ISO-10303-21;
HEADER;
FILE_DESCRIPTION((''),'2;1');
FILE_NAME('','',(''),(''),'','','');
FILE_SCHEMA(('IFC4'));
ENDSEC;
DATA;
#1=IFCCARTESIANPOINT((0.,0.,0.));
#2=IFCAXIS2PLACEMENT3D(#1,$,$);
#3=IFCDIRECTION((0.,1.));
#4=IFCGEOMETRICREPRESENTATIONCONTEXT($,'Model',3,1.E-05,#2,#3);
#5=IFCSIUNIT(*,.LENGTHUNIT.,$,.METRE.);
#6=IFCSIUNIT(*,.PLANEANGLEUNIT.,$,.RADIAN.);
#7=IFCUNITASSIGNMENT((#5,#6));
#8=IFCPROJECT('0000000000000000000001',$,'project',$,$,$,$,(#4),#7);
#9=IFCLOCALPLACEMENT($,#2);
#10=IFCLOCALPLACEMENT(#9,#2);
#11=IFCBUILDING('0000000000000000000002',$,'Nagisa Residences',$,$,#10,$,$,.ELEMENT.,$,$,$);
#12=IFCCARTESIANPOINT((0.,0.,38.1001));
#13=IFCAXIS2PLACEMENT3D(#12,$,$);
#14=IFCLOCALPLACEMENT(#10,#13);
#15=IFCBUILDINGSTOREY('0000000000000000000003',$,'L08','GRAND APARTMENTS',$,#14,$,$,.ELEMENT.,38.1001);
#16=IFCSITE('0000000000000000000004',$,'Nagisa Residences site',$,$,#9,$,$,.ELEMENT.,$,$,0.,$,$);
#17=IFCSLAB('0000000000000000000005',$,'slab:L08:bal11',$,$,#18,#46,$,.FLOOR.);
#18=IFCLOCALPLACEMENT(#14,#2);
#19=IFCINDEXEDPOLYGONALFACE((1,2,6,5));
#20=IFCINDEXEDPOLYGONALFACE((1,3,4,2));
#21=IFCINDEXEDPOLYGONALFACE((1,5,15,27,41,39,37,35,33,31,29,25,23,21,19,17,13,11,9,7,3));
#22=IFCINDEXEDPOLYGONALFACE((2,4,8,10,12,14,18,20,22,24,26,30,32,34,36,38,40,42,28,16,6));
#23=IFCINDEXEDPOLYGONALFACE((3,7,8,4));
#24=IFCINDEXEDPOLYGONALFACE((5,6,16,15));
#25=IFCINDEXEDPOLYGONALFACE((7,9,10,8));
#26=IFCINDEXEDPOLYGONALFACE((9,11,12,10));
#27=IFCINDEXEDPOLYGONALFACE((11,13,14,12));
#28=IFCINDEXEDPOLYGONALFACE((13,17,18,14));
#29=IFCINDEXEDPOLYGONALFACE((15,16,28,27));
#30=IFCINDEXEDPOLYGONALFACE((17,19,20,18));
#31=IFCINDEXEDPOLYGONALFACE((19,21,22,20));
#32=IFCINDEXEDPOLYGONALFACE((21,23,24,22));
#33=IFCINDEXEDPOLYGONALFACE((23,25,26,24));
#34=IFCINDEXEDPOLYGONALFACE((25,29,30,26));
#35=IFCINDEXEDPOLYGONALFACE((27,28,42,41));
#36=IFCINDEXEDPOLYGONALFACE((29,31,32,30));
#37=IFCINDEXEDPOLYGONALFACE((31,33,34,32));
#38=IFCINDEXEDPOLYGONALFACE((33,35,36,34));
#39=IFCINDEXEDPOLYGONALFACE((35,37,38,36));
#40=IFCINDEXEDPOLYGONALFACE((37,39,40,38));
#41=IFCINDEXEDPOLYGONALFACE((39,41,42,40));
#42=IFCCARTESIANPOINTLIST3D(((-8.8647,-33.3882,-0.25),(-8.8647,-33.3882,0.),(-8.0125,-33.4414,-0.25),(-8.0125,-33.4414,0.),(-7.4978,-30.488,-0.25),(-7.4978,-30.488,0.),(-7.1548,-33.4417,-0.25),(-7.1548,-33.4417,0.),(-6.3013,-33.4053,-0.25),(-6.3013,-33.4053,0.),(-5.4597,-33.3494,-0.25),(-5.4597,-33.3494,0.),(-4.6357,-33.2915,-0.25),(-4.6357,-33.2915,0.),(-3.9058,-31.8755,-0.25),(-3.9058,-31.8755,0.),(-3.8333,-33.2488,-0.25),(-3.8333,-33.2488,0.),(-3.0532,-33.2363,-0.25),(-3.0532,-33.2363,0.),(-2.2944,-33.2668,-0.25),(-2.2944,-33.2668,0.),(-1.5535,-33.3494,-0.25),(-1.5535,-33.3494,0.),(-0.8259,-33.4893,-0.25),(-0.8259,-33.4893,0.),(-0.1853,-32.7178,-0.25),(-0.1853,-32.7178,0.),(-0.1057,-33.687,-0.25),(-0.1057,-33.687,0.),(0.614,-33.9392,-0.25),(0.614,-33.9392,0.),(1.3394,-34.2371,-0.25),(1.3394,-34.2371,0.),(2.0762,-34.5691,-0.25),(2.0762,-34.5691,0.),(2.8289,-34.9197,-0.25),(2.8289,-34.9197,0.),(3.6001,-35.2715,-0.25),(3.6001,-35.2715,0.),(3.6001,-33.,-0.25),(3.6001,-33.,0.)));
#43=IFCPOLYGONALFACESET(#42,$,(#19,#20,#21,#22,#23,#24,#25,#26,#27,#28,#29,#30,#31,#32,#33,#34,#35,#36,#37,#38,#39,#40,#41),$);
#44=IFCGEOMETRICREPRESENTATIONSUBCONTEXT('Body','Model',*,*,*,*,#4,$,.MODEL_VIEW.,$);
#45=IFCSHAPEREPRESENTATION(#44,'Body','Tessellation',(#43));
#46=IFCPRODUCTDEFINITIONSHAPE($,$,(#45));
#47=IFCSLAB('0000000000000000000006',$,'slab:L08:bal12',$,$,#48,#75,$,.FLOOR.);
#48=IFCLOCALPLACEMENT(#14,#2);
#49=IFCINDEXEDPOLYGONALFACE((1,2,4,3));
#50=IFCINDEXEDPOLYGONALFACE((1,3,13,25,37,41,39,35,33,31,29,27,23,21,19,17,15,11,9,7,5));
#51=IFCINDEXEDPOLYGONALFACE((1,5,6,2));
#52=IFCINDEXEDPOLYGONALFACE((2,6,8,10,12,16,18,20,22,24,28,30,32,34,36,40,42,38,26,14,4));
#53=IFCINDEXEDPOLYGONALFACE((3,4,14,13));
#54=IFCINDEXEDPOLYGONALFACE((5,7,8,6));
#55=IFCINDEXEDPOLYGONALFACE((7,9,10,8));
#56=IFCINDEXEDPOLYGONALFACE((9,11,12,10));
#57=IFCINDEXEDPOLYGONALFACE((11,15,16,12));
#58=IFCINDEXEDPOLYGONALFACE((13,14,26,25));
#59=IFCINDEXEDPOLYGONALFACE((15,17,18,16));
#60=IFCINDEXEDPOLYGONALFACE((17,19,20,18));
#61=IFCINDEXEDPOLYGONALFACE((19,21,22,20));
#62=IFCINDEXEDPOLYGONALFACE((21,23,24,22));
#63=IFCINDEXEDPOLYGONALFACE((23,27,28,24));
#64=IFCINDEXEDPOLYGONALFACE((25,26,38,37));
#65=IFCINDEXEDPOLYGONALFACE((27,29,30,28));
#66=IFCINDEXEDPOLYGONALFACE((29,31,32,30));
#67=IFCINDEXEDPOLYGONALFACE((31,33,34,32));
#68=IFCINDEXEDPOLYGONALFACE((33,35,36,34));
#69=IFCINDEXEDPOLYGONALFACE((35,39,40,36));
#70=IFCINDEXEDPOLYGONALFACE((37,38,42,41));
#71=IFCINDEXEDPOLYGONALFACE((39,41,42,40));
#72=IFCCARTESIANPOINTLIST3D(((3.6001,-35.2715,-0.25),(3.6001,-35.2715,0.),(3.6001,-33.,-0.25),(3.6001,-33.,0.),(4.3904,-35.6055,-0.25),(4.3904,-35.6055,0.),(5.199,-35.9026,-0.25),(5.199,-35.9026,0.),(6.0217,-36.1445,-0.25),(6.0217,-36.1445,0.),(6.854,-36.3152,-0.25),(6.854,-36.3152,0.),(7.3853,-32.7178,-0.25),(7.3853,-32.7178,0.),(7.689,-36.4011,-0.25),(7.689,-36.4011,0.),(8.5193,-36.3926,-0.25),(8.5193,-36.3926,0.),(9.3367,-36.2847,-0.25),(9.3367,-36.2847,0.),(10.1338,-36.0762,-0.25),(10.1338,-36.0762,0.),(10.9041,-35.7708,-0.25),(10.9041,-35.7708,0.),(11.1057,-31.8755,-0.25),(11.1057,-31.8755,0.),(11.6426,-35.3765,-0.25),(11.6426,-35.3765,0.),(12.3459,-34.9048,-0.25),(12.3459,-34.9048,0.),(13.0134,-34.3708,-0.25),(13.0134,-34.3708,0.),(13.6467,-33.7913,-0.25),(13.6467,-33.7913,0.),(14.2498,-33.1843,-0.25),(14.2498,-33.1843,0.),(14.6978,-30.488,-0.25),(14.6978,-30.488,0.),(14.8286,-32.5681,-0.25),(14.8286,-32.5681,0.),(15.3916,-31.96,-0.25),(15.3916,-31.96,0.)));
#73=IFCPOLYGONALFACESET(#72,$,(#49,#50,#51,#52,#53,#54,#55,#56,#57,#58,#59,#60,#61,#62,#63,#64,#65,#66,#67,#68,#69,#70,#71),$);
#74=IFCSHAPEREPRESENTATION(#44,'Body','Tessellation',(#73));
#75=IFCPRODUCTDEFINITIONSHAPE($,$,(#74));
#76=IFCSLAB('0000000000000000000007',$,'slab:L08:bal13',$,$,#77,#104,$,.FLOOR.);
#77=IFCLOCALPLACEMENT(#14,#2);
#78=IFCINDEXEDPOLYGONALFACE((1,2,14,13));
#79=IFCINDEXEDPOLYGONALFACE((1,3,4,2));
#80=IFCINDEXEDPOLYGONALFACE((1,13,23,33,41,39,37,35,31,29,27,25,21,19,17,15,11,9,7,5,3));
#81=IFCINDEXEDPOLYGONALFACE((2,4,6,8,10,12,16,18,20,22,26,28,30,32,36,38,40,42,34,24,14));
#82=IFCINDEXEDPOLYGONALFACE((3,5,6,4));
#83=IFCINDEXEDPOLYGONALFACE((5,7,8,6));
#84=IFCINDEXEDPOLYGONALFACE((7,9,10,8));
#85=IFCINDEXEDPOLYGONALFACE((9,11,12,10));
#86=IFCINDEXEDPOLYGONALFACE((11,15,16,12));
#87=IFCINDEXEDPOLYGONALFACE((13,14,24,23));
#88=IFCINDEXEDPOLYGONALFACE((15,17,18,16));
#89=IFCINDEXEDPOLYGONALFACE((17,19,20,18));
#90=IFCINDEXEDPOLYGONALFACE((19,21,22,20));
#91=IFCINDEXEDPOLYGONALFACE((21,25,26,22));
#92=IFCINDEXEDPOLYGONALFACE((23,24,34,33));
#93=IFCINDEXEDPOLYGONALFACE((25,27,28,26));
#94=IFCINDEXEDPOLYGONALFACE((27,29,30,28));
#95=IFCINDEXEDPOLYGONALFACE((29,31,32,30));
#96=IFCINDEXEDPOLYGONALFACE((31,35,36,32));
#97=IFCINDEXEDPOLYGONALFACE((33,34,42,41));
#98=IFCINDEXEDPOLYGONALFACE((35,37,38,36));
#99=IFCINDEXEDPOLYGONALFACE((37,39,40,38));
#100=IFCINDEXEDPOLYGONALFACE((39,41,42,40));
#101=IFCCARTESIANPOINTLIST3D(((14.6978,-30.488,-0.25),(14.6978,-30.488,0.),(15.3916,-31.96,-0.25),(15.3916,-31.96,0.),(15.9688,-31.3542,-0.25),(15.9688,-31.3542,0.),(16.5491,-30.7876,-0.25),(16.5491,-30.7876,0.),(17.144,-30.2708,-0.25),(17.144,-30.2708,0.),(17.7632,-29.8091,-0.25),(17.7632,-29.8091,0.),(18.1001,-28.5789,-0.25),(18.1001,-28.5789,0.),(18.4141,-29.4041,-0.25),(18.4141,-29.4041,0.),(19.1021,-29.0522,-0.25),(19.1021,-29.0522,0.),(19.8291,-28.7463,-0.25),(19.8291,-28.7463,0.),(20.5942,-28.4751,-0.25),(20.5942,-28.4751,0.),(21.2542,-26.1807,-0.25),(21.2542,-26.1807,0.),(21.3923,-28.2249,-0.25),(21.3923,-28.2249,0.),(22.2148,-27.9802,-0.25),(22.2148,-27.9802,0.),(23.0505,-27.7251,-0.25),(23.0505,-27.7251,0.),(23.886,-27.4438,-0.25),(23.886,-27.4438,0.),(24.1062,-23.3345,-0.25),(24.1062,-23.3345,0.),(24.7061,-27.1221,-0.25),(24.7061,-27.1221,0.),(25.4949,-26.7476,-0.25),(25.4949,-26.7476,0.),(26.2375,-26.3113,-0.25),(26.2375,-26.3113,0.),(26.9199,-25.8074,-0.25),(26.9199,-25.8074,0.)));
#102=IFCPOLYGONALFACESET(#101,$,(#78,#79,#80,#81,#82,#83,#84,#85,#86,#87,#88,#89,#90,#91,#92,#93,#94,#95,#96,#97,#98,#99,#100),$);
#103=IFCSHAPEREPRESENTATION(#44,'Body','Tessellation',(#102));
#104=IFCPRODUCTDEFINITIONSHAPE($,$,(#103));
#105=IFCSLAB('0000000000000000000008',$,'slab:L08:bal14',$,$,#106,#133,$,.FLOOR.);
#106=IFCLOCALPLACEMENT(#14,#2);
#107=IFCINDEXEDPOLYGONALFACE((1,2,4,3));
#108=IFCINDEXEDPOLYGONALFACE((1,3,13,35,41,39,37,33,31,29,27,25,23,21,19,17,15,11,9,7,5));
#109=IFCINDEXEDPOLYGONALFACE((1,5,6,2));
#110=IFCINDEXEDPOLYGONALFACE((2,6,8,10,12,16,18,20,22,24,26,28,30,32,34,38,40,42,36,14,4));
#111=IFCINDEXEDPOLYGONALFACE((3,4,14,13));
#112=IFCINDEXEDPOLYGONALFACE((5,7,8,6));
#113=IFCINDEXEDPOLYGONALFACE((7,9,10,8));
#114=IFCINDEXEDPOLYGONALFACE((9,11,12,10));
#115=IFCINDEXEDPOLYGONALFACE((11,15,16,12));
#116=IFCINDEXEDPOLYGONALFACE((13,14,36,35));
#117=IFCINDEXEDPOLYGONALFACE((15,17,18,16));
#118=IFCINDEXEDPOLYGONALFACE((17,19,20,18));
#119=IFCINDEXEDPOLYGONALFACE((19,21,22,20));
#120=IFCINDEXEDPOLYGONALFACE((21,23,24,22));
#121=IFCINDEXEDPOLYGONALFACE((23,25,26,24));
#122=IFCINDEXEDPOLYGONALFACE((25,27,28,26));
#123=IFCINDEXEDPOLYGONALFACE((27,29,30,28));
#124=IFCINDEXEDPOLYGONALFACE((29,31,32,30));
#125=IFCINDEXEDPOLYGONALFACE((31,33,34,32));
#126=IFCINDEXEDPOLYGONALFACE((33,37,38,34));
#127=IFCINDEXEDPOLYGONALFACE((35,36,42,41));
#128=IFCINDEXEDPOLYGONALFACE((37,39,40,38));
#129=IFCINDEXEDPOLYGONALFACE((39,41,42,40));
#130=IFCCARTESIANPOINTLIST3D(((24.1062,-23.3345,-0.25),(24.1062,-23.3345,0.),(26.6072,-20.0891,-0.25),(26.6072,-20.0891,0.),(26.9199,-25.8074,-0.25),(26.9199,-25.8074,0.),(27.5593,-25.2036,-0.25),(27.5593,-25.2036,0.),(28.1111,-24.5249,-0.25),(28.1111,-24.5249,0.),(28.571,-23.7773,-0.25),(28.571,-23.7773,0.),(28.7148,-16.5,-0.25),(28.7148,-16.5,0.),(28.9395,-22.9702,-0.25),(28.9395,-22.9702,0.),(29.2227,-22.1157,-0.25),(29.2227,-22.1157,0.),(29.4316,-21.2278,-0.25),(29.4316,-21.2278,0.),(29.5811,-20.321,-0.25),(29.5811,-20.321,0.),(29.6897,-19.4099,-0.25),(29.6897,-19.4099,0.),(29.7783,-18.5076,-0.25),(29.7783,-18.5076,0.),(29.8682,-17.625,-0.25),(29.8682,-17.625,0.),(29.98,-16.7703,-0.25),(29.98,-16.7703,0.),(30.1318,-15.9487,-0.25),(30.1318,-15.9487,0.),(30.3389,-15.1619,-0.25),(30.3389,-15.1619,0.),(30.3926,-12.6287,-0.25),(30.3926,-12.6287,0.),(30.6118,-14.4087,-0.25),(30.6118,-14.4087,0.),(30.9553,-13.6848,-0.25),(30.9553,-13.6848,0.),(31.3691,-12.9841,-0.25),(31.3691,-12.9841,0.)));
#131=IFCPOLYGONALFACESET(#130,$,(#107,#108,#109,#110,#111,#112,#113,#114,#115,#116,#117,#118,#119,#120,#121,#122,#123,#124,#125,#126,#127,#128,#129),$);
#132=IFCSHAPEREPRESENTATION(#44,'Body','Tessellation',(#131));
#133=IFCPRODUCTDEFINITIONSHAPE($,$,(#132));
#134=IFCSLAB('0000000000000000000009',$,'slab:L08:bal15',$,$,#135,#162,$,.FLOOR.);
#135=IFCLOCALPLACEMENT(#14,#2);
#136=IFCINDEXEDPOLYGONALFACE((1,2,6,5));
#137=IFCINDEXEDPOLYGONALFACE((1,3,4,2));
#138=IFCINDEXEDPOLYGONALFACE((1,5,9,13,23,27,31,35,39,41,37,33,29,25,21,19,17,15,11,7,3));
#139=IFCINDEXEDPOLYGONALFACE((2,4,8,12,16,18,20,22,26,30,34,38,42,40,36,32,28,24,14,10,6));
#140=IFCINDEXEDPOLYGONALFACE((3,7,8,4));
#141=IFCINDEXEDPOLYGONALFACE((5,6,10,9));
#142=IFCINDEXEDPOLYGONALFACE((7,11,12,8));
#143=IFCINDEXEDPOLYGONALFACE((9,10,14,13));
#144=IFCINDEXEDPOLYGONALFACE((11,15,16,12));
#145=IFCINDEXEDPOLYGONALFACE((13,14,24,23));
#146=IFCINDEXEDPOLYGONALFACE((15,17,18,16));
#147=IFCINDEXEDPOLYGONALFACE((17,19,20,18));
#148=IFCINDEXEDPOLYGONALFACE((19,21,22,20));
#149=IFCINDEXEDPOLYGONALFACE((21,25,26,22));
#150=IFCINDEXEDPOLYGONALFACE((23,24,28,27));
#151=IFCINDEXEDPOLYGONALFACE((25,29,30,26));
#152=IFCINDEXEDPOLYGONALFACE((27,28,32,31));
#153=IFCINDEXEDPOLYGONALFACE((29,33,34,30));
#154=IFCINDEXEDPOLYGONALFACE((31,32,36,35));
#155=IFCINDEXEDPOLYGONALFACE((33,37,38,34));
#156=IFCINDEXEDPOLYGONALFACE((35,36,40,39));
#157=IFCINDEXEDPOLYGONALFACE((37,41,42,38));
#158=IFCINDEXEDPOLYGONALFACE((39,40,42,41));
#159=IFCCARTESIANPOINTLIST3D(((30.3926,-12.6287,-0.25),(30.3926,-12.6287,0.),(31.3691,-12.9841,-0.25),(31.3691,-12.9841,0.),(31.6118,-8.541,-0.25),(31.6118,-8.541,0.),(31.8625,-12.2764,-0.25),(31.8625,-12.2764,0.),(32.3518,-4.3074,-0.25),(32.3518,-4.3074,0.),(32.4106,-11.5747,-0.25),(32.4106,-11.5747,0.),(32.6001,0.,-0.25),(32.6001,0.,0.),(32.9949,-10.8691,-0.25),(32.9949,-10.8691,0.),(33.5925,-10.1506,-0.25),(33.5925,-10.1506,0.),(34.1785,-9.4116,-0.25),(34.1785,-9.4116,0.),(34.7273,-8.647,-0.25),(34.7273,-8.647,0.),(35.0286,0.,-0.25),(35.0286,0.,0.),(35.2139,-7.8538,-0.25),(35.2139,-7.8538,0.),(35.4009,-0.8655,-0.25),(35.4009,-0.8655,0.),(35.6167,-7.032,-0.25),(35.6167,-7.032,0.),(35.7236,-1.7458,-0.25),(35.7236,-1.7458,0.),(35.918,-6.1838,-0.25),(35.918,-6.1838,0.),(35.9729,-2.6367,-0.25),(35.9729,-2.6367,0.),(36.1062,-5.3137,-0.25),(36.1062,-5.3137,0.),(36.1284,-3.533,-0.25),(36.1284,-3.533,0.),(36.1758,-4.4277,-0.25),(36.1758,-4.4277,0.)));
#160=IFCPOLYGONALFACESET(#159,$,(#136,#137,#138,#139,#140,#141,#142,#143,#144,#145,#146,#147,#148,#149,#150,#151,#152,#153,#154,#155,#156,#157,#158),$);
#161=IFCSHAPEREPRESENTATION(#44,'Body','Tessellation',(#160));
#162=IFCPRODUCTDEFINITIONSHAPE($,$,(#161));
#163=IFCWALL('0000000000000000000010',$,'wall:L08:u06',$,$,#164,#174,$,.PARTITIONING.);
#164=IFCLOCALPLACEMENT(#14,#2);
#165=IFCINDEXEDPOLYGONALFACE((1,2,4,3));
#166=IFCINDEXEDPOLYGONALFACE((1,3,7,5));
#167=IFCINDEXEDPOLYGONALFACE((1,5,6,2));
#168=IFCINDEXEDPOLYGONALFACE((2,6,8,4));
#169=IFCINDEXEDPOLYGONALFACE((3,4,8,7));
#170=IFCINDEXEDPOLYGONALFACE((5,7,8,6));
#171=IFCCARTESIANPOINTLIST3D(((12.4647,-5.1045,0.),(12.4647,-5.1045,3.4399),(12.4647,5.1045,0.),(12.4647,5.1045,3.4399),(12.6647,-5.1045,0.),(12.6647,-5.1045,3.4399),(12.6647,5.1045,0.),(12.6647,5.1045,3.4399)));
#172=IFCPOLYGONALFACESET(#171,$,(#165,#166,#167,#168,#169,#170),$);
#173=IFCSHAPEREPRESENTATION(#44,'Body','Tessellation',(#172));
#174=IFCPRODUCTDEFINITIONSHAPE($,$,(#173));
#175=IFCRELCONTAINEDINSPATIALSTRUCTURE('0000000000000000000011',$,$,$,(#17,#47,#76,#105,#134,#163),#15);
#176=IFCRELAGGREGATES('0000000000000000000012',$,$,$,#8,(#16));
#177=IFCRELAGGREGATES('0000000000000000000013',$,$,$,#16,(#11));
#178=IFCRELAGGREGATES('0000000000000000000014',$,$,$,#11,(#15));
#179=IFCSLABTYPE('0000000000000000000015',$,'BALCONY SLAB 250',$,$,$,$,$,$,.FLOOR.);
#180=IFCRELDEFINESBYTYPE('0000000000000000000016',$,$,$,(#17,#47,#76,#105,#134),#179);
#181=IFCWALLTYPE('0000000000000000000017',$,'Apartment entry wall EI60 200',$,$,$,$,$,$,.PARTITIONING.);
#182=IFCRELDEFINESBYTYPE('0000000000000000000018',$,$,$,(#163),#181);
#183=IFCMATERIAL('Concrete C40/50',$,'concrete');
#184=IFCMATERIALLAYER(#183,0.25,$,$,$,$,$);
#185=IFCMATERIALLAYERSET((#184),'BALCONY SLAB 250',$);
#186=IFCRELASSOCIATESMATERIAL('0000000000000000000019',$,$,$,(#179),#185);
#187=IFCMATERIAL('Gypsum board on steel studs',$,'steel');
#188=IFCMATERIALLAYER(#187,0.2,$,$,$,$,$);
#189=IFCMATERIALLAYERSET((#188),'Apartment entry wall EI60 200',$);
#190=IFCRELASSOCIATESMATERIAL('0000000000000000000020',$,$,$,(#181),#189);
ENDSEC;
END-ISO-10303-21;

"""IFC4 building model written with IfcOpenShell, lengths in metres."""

from ifc_helpers import new_model, si_unit, direction, frame, frame_2d, origin, place, context, subcontext, project, spatial, polyline, rectangle, outline, extrude, material, layer, layer_set, type_object, element, save


model = new_model("IFC4")

# Units and contexts
model_context = context("Model", 3, precision=1e-05, world=origin(), true_north=direction((0.0, 1.0)))
body_context = subcontext(model_context, "Body", "Model", "MODEL_VIEW")
ifc_project = project(units=[si_unit("LENGTHUNIT", "METRE"), si_unit("PLANEANGLEUNIT", "RADIAN")], contexts=[model_context])

# Site, building, storey
site_placement = place(None, origin())
site = spatial("IfcSite", under=ifc_project, at=site_placement, Name="Nagisa Residences site", CompositionType="ELEMENT", RefElevation=0.0)
building_placement = place(site_placement, origin())
building = spatial("IfcBuilding", under=site, at=building_placement, Name="Nagisa Residences", CompositionType="ELEMENT")
storey_placement = place(building_placement, frame((0.0, 0.0, 38.1001)))
storey = spatial("IfcBuildingStorey", under=building, at=storey_placement, Name="L08", Description="GRAND APARTMENTS", CompositionType="ELEMENT", Elevation=38.1001)

# Slabs
ifc_material_1 = material(Name="Concrete C40/50", Category="concrete")
ifc_layer_1 = layer(ifc_material_1, 0.25)
ifc_layer_set_1 = layer_set([ifc_layer_1], Name="BALCONY SLAB 250")
slab_type = type_object("IfcSlabType", Name="BALCONY SLAB 250", PredefinedType="FLOOR", material=ifc_layer_set_1)
slab_1_placement = place(storey_placement, frame((0.0, 0.0, -0.25)))
element("IfcSlab", 1, at=slab_1_placement, inside=storey, type_object=slab_type, Name="slab:L08:bal11", PredefinedType="FLOOR", context=body_context, shape_type="SweptSolid", body=[
    extrude(outline(polyline([(-8.8647, -33.3882), (-8.0125, -33.4414), (-7.1548, -33.4417), (-6.3013, -33.4053), (-5.4597, -33.3494), (-4.6357, -33.2915), (-3.8333, -33.2488), (-3.0532, -33.2363), (-2.2944, -33.2668), (-1.5535, -33.3494), (-0.8259, -33.4893), (-0.1057, -33.687), (0.614, -33.9392), (1.3394, -34.2371), (2.0762, -34.5691), (2.8289, -34.9197), (3.6001, -35.2715), (3.6001, -33.0), (-0.1853, -32.7178), (-3.9058, -31.8755), (-7.4978, -30.488), (-8.8647, -33.3882)])), origin(), (0.0, 0.0, 1.0), 0.25),
])
slab_2_placement = place(storey_placement, frame((0.0, 0.0, -0.25)))
element("IfcSlab", 2, at=slab_2_placement, inside=storey, type_object=slab_type, Name="slab:L08:bal12", PredefinedType="FLOOR", context=body_context, shape_type="SweptSolid", body=[
    extrude(outline(polyline([(3.6001, -35.2715), (4.3904, -35.6055), (5.199, -35.9026), (6.0217, -36.1445), (6.854, -36.3152), (7.689, -36.4011), (8.5193, -36.3926), (9.3367, -36.2847), (10.1338, -36.0762), (10.9041, -35.7708), (11.6426, -35.3765), (12.3459, -34.9048), (13.0134, -34.3708), (13.6467, -33.7913), (14.2498, -33.1843), (14.8286, -32.5681), (15.3916, -31.96), (14.6978, -30.488), (11.1057, -31.8755), (7.3853, -32.7178), (3.6001, -33.0), (3.6001, -35.2715)])), origin(), (0.0, 0.0, 1.0), 0.25),
])
slab_3_placement = place(storey_placement, frame((0.0, 0.0, -0.25)))
element("IfcSlab", 3, at=slab_3_placement, inside=storey, type_object=slab_type, Name="slab:L08:bal13", PredefinedType="FLOOR", context=body_context, shape_type="SweptSolid", body=[
    extrude(outline(polyline([(15.3916, -31.96), (15.9688, -31.3542), (16.5491, -30.7876), (17.144, -30.2708), (17.7632, -29.8091), (18.4141, -29.4041), (19.1021, -29.0522), (19.8291, -28.7463), (20.5942, -28.4751), (21.3923, -28.2249), (22.2148, -27.9802), (23.0505, -27.7251), (23.886, -27.4438), (24.7061, -27.1221), (25.4949, -26.7476), (26.2375, -26.3113), (26.9199, -25.8074), (24.1062, -23.3345), (21.2542, -26.1807), (18.1001, -28.5789), (14.6978, -30.488), (15.3916, -31.96)])), origin(), (0.0, 0.0, 1.0), 0.25),
])
slab_4_placement = place(storey_placement, frame((0.0, 0.0, -0.25)))
element("IfcSlab", 4, at=slab_4_placement, inside=storey, type_object=slab_type, Name="slab:L08:bal14", PredefinedType="FLOOR", context=body_context, shape_type="SweptSolid", body=[
    extrude(outline(polyline([(26.9199, -25.8074), (27.5593, -25.2036), (28.1111, -24.5249), (28.571, -23.7773), (28.9395, -22.9702), (29.2227, -22.1157), (29.4316, -21.2278), (29.5811, -20.321), (29.6897, -19.4099), (29.7783, -18.5076), (29.8682, -17.625), (29.98, -16.7703), (30.1318, -15.9487), (30.3389, -15.1619), (30.6118, -14.4087), (30.9553, -13.6848), (31.3691, -12.9841), (30.3926, -12.6287), (28.7148, -16.5), (26.6072, -20.0891), (24.1062, -23.3345), (26.9199, -25.8074)])), origin(), (0.0, 0.0, 1.0), 0.25),
])
slab_5_placement = place(storey_placement, frame((0.0, 0.0, -0.25)))
element("IfcSlab", 5, at=slab_5_placement, inside=storey, type_object=slab_type, Name="slab:L08:bal15", PredefinedType="FLOOR", context=body_context, shape_type="SweptSolid", body=[
    extrude(outline(polyline([(31.3691, -12.9841), (31.8625, -12.2764), (32.4106, -11.5747), (32.9949, -10.8691), (33.5925, -10.1506), (34.1785, -9.4116), (34.7273, -8.647), (35.2139, -7.8538), (35.6167, -7.032), (35.918, -6.1838), (36.1062, -5.3137), (36.1758, -4.4277), (36.1284, -3.533), (35.9729, -2.6367), (35.7236, -1.7458), (35.4009, -0.8655), (35.0286, 0.0), (32.6001, 0.0), (32.3518, -4.3074), (31.6118, -8.541), (30.3926, -12.6287), (31.3691, -12.9841)])), origin(), (0.0, 0.0, 1.0), 0.25),
])

# Wall
ifc_material_2 = material(Name="Gypsum board on steel studs", Category="steel")
ifc_layer_2 = layer(ifc_material_2, 0.2)
ifc_layer_set_2 = layer_set([ifc_layer_2], Name="Apartment entry wall EI60 200")
wall_type_1 = type_object("IfcWallType", Name="Apartment entry wall EI60 200", PredefinedType="PARTITIONING", material=ifc_layer_set_2)
wall_1_placement = place(storey_placement, frame((12.5647, -5.1045, 0.0), z_axis=(0.0, 0.0, 1.0), x_axis=(0.0, 1.0, 0.0)))
element("IfcWall", 6, at=wall_1_placement, inside=storey, type_object=wall_type_1, Name="wall:L08:u06", PredefinedType="PARTITIONING", context=body_context, shape_type="SweptSolid", body=[
    extrude(rectangle(XDim=10.209, YDim=0.2, at=frame_2d((5.1045, 0.0))), origin(), (0.0, 0.0, 1.0), 3.4399),
])

save(model, "model.ifc")
